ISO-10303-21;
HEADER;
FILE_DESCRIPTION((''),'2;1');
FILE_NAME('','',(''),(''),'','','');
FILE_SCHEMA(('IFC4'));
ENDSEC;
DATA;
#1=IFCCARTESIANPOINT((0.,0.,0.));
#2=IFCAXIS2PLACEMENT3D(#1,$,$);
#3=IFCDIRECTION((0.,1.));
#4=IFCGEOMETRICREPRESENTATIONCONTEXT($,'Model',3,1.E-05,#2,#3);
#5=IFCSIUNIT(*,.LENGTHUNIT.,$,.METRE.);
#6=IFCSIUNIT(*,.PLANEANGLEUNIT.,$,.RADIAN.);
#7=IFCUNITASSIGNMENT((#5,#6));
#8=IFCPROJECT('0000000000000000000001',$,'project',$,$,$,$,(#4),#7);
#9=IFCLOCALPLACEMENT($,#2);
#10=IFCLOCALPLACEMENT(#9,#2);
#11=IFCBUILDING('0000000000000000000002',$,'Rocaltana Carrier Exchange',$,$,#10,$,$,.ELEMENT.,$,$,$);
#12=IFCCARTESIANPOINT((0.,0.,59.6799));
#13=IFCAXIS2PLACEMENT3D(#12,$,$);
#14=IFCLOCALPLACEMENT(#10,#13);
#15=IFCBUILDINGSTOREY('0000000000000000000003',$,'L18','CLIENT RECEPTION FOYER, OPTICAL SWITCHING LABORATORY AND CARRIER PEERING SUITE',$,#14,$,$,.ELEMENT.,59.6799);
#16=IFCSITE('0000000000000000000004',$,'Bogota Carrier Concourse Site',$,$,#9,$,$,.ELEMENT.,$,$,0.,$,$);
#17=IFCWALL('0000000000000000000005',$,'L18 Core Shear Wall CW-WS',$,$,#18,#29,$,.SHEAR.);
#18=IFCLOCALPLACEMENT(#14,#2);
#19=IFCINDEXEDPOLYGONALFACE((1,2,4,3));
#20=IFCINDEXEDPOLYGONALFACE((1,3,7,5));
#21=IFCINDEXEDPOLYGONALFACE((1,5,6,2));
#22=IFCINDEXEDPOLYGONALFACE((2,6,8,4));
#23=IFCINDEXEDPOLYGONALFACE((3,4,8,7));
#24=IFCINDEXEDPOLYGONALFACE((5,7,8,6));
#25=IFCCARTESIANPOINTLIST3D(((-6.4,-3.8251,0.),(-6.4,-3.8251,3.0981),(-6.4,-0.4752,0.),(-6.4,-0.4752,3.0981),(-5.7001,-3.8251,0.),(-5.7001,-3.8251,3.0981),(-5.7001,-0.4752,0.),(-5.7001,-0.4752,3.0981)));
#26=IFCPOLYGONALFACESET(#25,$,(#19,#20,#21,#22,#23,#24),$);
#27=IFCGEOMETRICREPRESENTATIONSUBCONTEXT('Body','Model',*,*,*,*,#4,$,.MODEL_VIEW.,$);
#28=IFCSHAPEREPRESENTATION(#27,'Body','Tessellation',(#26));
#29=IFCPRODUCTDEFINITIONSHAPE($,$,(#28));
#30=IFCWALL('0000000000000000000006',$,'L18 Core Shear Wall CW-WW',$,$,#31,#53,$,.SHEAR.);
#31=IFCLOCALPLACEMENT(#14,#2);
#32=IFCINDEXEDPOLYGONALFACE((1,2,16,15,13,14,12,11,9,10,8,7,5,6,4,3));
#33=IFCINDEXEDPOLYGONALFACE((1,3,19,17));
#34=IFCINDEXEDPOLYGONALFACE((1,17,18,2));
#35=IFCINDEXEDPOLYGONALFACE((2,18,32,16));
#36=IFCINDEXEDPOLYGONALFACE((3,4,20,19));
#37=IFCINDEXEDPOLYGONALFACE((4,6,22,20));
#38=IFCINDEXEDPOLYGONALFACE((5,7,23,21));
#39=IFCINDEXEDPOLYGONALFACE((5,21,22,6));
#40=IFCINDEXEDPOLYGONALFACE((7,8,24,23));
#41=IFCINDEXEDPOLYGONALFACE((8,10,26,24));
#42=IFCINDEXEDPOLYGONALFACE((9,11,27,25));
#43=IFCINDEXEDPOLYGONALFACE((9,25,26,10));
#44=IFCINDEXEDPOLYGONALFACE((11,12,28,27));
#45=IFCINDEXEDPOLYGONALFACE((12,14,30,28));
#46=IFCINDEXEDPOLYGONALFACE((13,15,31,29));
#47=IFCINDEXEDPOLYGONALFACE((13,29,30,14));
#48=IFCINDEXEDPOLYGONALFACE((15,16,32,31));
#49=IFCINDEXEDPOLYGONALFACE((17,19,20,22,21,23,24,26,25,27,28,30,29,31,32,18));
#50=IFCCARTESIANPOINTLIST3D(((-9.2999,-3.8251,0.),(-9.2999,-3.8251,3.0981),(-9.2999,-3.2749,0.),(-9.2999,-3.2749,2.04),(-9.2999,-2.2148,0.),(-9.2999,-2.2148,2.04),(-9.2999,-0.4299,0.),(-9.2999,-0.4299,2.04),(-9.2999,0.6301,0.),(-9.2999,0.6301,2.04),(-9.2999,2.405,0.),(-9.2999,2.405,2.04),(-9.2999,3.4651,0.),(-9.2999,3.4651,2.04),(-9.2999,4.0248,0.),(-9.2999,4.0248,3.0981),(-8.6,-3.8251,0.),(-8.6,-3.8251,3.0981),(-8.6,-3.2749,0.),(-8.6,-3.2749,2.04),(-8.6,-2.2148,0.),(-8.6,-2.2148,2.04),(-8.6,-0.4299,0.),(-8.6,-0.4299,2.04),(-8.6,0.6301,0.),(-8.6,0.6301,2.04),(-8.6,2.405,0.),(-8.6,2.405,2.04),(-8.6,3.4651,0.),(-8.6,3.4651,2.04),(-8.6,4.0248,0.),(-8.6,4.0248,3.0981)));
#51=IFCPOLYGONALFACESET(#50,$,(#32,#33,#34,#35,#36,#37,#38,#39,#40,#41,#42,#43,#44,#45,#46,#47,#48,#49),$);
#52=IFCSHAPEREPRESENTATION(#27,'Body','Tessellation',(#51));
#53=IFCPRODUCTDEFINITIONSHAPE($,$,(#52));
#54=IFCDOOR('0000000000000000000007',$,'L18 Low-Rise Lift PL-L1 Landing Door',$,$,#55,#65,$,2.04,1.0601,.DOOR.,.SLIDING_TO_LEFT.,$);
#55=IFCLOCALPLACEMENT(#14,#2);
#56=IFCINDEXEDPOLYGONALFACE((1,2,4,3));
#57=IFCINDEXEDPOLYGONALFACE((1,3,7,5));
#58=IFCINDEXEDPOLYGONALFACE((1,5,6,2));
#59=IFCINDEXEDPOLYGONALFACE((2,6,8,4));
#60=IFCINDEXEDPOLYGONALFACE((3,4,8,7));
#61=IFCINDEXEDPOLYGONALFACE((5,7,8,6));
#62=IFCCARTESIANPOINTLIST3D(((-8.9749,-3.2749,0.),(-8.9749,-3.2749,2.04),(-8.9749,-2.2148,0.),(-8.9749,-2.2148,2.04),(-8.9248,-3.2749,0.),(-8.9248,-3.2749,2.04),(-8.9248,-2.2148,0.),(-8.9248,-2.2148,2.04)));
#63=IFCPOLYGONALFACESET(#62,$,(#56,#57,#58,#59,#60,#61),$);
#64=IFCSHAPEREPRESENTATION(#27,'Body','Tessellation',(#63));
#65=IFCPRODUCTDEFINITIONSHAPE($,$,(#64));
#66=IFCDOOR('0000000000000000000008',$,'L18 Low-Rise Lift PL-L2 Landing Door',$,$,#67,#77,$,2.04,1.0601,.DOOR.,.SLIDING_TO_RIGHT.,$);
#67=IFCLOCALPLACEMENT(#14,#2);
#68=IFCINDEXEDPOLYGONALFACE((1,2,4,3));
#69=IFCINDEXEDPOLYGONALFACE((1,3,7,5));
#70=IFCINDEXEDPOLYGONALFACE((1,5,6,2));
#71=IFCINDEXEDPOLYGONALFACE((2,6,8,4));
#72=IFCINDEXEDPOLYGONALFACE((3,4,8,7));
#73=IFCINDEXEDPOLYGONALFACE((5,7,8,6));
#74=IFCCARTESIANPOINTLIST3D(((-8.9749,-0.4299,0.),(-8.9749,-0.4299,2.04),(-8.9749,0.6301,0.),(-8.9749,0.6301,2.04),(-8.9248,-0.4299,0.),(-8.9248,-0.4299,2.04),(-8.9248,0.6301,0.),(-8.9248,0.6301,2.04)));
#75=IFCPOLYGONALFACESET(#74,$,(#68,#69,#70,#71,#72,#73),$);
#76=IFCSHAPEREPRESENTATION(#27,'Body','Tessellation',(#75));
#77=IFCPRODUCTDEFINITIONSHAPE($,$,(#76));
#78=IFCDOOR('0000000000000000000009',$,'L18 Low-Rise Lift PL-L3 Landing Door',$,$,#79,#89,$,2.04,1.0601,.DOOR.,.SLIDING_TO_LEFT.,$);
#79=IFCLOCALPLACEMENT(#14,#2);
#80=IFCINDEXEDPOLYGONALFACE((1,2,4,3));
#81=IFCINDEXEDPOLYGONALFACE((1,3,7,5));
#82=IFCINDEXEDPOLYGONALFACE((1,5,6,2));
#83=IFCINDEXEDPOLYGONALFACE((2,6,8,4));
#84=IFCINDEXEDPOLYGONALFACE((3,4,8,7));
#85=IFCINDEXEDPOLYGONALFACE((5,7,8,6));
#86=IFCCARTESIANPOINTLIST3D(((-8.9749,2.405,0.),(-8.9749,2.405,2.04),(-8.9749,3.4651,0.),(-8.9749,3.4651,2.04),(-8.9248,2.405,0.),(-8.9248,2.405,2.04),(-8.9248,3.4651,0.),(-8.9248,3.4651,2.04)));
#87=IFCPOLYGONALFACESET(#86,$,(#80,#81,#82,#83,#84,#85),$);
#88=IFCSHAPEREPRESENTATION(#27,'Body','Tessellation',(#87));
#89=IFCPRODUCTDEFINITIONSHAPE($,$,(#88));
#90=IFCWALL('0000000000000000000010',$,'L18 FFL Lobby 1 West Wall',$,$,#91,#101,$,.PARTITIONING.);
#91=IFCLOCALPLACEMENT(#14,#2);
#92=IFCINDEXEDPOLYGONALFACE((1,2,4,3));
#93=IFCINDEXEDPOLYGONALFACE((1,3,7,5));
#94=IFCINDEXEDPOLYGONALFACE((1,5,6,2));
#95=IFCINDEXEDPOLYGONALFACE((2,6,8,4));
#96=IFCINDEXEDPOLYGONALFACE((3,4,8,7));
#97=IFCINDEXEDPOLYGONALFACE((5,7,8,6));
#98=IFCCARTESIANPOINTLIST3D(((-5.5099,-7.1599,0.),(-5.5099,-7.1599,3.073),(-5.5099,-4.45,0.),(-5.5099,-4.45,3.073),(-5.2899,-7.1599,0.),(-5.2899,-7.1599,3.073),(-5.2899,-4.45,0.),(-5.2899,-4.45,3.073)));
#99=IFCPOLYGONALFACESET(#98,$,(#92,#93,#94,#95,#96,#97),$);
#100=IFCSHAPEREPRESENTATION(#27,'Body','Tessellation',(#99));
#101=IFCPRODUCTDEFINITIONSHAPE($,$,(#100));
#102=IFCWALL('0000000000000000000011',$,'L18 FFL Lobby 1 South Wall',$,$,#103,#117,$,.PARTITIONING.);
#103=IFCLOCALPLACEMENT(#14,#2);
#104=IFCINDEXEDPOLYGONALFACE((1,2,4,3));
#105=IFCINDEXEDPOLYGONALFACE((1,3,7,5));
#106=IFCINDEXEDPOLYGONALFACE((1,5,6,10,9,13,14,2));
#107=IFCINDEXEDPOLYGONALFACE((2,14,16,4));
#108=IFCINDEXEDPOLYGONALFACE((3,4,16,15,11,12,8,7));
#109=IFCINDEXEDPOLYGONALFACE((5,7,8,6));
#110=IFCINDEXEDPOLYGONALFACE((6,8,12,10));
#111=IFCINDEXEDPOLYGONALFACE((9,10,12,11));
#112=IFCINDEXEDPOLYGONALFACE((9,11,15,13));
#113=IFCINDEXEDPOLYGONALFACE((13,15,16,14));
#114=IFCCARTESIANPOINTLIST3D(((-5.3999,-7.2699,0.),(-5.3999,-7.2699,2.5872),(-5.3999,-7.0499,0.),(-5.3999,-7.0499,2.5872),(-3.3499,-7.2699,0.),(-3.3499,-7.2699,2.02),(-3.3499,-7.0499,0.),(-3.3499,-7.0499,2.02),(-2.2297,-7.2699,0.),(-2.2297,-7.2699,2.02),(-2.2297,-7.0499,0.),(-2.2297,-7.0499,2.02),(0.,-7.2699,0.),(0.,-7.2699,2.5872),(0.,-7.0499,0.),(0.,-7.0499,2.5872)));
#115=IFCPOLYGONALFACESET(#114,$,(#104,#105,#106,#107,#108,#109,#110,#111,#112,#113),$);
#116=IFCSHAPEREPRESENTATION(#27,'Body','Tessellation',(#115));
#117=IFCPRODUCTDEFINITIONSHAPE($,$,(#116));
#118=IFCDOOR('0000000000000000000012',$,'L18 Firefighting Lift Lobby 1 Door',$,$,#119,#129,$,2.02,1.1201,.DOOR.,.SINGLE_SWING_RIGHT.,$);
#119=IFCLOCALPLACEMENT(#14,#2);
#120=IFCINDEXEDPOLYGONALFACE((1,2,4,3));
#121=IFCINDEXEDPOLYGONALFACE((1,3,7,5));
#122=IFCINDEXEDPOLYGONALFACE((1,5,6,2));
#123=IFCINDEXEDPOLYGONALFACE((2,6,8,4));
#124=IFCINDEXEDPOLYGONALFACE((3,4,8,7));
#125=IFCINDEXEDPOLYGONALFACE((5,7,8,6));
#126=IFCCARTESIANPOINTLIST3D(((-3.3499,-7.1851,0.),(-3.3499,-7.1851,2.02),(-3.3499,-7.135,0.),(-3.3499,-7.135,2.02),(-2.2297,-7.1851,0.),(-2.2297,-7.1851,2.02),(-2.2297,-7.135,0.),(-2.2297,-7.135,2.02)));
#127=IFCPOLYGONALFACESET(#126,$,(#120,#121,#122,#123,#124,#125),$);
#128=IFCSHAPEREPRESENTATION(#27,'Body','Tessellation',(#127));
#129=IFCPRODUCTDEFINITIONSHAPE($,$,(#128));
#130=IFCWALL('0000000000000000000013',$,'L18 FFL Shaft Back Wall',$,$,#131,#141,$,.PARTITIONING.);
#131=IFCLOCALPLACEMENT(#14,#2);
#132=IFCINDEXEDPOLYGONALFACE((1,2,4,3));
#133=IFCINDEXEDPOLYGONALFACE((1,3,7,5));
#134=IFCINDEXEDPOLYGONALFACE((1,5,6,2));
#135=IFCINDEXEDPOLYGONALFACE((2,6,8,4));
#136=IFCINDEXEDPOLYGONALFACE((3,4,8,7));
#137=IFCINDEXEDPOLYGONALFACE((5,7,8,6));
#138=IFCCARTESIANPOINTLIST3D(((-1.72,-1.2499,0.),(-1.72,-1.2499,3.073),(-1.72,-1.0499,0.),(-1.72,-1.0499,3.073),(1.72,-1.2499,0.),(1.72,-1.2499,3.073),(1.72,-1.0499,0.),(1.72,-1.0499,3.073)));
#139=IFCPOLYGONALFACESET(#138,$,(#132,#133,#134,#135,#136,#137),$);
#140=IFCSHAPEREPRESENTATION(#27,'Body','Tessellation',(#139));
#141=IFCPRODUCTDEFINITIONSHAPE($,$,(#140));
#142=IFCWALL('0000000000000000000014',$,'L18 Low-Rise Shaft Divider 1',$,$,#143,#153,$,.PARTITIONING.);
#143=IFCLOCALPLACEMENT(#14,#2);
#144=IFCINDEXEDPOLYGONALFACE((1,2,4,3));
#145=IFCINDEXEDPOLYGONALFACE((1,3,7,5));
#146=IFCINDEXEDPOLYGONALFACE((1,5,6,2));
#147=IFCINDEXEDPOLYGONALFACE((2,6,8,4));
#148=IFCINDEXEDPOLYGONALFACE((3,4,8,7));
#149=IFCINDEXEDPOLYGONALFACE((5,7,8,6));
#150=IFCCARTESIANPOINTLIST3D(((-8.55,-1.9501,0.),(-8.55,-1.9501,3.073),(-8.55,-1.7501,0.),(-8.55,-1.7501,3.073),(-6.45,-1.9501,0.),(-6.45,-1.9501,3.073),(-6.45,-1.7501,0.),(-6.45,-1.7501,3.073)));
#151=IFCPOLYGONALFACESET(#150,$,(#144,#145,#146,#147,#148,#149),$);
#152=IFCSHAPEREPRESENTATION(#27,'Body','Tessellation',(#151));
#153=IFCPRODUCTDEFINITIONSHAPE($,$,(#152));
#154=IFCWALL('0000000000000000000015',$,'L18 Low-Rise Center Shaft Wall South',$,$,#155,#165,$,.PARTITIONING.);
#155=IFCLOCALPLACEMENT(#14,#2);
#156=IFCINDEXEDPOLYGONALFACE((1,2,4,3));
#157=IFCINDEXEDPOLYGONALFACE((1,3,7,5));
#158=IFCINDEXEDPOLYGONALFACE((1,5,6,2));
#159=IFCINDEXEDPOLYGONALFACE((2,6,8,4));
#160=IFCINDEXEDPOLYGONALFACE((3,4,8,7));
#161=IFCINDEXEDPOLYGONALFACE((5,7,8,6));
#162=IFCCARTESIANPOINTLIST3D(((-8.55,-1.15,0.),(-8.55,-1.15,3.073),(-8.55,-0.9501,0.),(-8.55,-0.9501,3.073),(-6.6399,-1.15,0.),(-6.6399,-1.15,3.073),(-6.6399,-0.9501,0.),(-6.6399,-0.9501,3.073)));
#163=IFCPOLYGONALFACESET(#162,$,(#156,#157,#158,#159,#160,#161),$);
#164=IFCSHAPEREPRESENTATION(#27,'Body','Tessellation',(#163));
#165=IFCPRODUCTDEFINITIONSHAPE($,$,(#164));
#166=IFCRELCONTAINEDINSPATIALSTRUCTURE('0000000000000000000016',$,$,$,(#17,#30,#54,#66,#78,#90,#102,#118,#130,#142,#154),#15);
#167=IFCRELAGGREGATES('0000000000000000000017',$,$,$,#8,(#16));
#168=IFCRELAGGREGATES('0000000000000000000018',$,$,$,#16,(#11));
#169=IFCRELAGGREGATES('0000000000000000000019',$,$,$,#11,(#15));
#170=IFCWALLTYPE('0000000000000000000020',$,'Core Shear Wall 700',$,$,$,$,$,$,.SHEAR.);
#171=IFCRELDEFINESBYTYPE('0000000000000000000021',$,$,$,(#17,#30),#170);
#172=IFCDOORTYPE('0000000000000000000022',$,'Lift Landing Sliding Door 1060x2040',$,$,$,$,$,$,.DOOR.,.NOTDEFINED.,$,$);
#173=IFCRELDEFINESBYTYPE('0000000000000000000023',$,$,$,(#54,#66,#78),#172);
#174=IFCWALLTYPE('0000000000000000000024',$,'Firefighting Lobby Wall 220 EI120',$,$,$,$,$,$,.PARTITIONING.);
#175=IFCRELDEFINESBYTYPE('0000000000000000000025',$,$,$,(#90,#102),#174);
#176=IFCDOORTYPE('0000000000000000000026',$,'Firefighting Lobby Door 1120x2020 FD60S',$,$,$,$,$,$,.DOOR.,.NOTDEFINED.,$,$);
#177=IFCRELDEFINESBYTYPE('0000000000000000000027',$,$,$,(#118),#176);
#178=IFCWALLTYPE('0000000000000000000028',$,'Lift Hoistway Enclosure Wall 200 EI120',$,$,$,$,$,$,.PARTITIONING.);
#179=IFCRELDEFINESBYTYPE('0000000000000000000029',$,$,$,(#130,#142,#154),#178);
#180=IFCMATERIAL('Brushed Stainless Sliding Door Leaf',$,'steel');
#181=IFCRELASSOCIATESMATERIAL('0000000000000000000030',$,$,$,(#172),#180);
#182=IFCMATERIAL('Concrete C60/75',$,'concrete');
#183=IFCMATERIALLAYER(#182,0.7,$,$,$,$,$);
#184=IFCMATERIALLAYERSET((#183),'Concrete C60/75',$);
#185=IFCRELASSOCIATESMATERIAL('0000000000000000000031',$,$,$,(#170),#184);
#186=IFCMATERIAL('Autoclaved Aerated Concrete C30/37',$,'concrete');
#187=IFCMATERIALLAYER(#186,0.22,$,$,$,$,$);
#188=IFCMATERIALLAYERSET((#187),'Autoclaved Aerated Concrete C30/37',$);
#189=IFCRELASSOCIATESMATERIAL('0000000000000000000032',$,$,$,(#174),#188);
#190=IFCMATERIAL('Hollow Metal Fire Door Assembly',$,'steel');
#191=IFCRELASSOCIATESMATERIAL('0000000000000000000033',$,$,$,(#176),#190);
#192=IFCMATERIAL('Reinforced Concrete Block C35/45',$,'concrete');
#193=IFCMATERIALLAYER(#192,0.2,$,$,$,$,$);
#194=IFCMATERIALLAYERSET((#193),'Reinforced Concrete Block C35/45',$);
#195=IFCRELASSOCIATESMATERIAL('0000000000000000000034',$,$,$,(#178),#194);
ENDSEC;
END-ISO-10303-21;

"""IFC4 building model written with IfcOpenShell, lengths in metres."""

from ifc_helpers import new_model, si_unit, direction, frame, frame_2d, origin, place, context, subcontext, project, spatial, rectangle, extrude, material, layer, layer_set, type_object, element, fill, save


model = new_model("IFC4")

# Units and contexts
model_context = context("Model", 3, precision=1e-05, world=origin(), true_north=direction((0.0, 1.0)))
body_context = subcontext(model_context, "Body", "Model", "MODEL_VIEW")
ifc_project = project(units=[si_unit("LENGTHUNIT", "METRE"), si_unit("PLANEANGLEUNIT", "RADIAN")], contexts=[model_context])

# Site, building, storey
site_placement = place(None, origin())
site = spatial("IfcSite", under=ifc_project, at=site_placement, Name="Bogota Carrier Concourse Site", CompositionType="ELEMENT", RefElevation=0.0)
building_placement = place(site_placement, origin())
building = spatial("IfcBuilding", under=site, at=building_placement, Name="Rocaltana Carrier Exchange", CompositionType="ELEMENT")
storey_placement = place(building_placement, frame((0.0, 0.0, 59.6799)))
storey = spatial("IfcBuildingStorey", under=building, at=storey_placement, Name="L18", Description="CLIENT RECEPTION FOYER, OPTICAL SWITCHING LABORATORY AND CARRIER PEERING SUITE", CompositionType="ELEMENT", Elevation=59.6799)

# Shared definitions
ifc_material_1 = material(Name="Brushed Stainless Sliding Door Leaf", Category="steel")
door_type_1 = type_object("IfcDoorType", Name="Lift Landing Sliding Door 1060x2040", OperationType="NOTDEFINED", PredefinedType="DOOR", material=ifc_material_1)

# Wall
ifc_material_2 = material(Name="Concrete C60/75", Category="concrete")
ifc_layer_1 = layer(ifc_material_2, 0.7)
ifc_layer_set_1 = layer_set([ifc_layer_1], Name="Concrete C60/75")
wall_type_1 = type_object("IfcWallType", Name="Core Shear Wall 700", PredefinedType="SHEAR", material=ifc_layer_set_1)
wall_1_placement = place(storey_placement, frame((-6.05, -3.825, 0.0), z_axis=(0.0, 0.0, 1.0), x_axis=(0.0, 1.0, 0.0)))
element("IfcWall", 1, at=wall_1_placement, inside=storey, type_object=wall_type_1, Name="L18 Core Shear Wall CW-WS", PredefinedType="SHEAR", context=body_context, shape_type="SweptSolid", body=[
    extrude(rectangle(XDim=3.3499, YDim=0.7, at=frame_2d((1.6748, 0.0))), origin(), (0.0, 0.0, 1.0), 3.0981),
])

# Wall, openings, doors
wall_2_placement = place(storey_placement, frame((-8.95, -3.825, 0.0), z_axis=(0.0, 0.0, 1.0), x_axis=(0.0, 1.0, 0.0)))
wall_2 = element("IfcWall", 2, at=wall_2_placement, inside=storey, type_object=wall_type_1, Name="L18 Core Shear Wall CW-WW", PredefinedType="SHEAR", context=body_context, shape_type="SweptSolid", body=[
    extrude(rectangle(XDim=7.8499, YDim=0.7, at=frame_2d((3.9248, 0.0))), origin(), (0.0, 0.0, 1.0), 3.0981),
])
opening_1_placement = place(wall_2_placement, frame((0.55, 0.0, 0.0)))
opening_1 = element("IfcOpeningElement", 3, at=opening_1_placement, cuts=wall_2, PredefinedType="OPENING", context=body_context, shape_type="SweptSolid", body=[
    extrude(rectangle(XDim=1.0601, YDim=2.04, at=frame_2d((0.53, 1.02))), frame((0.0, 0.3599, 0.0), z_axis=(0.0, -1.0, 0.0), x_axis=(1.0, 0.0, 0.0)), (0.0, 0.0, 1.0), 0.72),
])
opening_2_placement = place(wall_2_placement, frame((3.395, 0.0, 0.0)))
opening_2 = element("IfcOpeningElement", 4, at=opening_2_placement, cuts=wall_2, PredefinedType="OPENING", context=body_context, shape_type="SweptSolid", body=[
    extrude(rectangle(XDim=1.0601, YDim=2.04, at=frame_2d((0.53, 1.02))), frame((0.0, 0.3599, 0.0), z_axis=(0.0, -1.0, 0.0), x_axis=(1.0, 0.0, 0.0)), (0.0, 0.0, 1.0), 0.72),
])
opening_3_placement = place(wall_2_placement, frame((6.23, 0.0, 0.0)))
opening_3 = element("IfcOpeningElement", 5, at=opening_3_placement, cuts=wall_2, PredefinedType="OPENING", context=body_context, shape_type="SweptSolid", body=[
    extrude(rectangle(XDim=1.0601, YDim=2.04, at=frame_2d((0.53, 1.02))), frame((0.0, 0.3599, 0.0), z_axis=(0.0, -1.0, 0.0), x_axis=(1.0, 0.0, 0.0)), (0.0, 0.0, 1.0), 0.72),
])
door_1_placement = place(opening_1_placement, origin())
door_1 = element("IfcDoor", 6, at=door_1_placement, inside=storey, type_object=door_type_1, Name="L18 Low-Rise Lift PL-L1 Landing Door", OperationType="SLIDING_TO_LEFT", OverallHeight=2.04, OverallWidth=1.0601, PredefinedType="DOOR", context=body_context, shape_type="SweptSolid", body=[
    extrude(rectangle(XDim=1.0601, YDim=2.04, at=frame_2d((0.53, 1.02))), frame((0.0, 0.0249, 0.0), z_axis=(0.0, -1.0, 0.0), x_axis=(1.0, 0.0, 0.0)), (0.0, 0.0, 1.0), 0.05),
])
fill(opening_1, door_1)
door_2_placement = place(opening_2_placement, origin())
door_2 = element("IfcDoor", 7, at=door_2_placement, inside=storey, type_object=door_type_1, Name="L18 Low-Rise Lift PL-L2 Landing Door", OperationType="SLIDING_TO_RIGHT", OverallHeight=2.04, OverallWidth=1.0601, PredefinedType="DOOR", context=body_context, shape_type="SweptSolid", body=[
    extrude(rectangle(XDim=1.0601, YDim=2.04, at=frame_2d((0.53, 1.02))), frame((0.0, 0.0249, 0.0), z_axis=(0.0, -1.0, 0.0), x_axis=(1.0, 0.0, 0.0)), (0.0, 0.0, 1.0), 0.05),
])
fill(opening_2, door_2)
door_3_placement = place(opening_3_placement, origin())
door_3 = element("IfcDoor", 8, at=door_3_placement, inside=storey, type_object=door_type_1, Name="L18 Low-Rise Lift PL-L3 Landing Door", OperationType="SLIDING_TO_LEFT", OverallHeight=2.04, OverallWidth=1.0601, PredefinedType="DOOR", context=body_context, shape_type="SweptSolid", body=[
    extrude(rectangle(XDim=1.0601, YDim=2.04, at=frame_2d((0.53, 1.02))), frame((0.0, 0.0249, 0.0), z_axis=(0.0, -1.0, 0.0), x_axis=(1.0, 0.0, 0.0)), (0.0, 0.0, 1.0), 0.05),
])
fill(opening_3, door_3)

# Wall
ifc_material_3 = material(Name="Autoclaved Aerated Concrete C30/37", Category="concrete")
ifc_layer_2 = layer(ifc_material_3, 0.22)
ifc_layer_set_2 = layer_set([ifc_layer_2], Name="Autoclaved Aerated Concrete C30/37")
wall_type_2 = type_object("IfcWallType", Name="Firefighting Lobby Wall 220 EI120", PredefinedType="PARTITIONING", material=ifc_layer_set_2)
wall_3_placement = place(storey_placement, frame((-5.3999, -7.1599, 0.0), z_axis=(0.0, 0.0, 1.0), x_axis=(0.0, 1.0, 0.0)))
element("IfcWall", 9, at=wall_3_placement, inside=storey, type_object=wall_type_2, Name="L18 FFL Lobby 1 West Wall", PredefinedType="PARTITIONING", context=body_context, shape_type="SweptSolid", body=[
    extrude(rectangle(XDim=2.71, YDim=0.22, at=frame_2d((1.355, 0.0))), origin(), (0.0, 0.0, 1.0), 3.073),
])

# Wall, opening, door
wall_4_placement = place(storey_placement, frame((-5.3999, -7.1599, 0.0), z_axis=(0.0, 0.0, 1.0), x_axis=(1.0, 0.0, 0.0)))
wall_4 = element("IfcWall", 10, at=wall_4_placement, inside=storey, type_object=wall_type_2, Name="L18 FFL Lobby 1 South Wall", PredefinedType="PARTITIONING", context=body_context, shape_type="SweptSolid", body=[
    extrude(rectangle(XDim=5.3999, YDim=0.22, at=frame_2d((2.7, 0.0))), origin(), (0.0, 0.0, 1.0), 2.5872),
])
opening_4_placement = place(wall_4_placement, frame((2.05, 0.0, 0.0)))
opening_4 = element("IfcOpeningElement", 11, at=opening_4_placement, cuts=wall_4, PredefinedType="OPENING", context=body_context, shape_type="SweptSolid", body=[
    extrude(rectangle(XDim=1.1201, YDim=2.02, at=frame_2d((0.5601, 1.01))), frame((0.0, 0.1199, 0.0), z_axis=(0.0, -1.0, 0.0), x_axis=(1.0, 0.0, 0.0)), (0.0, 0.0, 1.0), 0.24),
])
ifc_material_4 = material(Name="Hollow Metal Fire Door Assembly", Category="steel")
door_type_2 = type_object("IfcDoorType", Name="Firefighting Lobby Door 1120x2020 FD60S", OperationType="NOTDEFINED", PredefinedType="DOOR", material=ifc_material_4)
door_4_placement = place(opening_4_placement, origin())
door_4 = element("IfcDoor", 12, at=door_4_placement, inside=storey, type_object=door_type_2, Name="L18 Firefighting Lift Lobby 1 Door", OperationType="SINGLE_SWING_RIGHT", OverallHeight=2.02, OverallWidth=1.1201, PredefinedType="DOOR", context=body_context, shape_type="SweptSolid", body=[
    extrude(rectangle(XDim=1.1201, YDim=2.02, at=frame_2d((0.5601, 1.01))), frame((0.0, 0.0249, 0.0), z_axis=(0.0, -1.0, 0.0), x_axis=(1.0, 0.0, 0.0)), (0.0, 0.0, 1.0), 0.05),
])
fill(opening_4, door_4)

# Walls
ifc_material_5 = material(Name="Reinforced Concrete Block C35/45", Category="concrete")
ifc_layer_3 = layer(ifc_material_5, 0.2)
ifc_layer_set_3 = layer_set([ifc_layer_3], Name="Reinforced Concrete Block C35/45")
wall_type_3 = type_object("IfcWallType", Name="Lift Hoistway Enclosure Wall 200 EI120", PredefinedType="PARTITIONING", material=ifc_layer_set_3)
wall_5_placement = place(storey_placement, frame((-1.72, -1.1499, 0.0), z_axis=(0.0, 0.0, 1.0), x_axis=(1.0, 0.0, 0.0)))
element("IfcWall", 13, at=wall_5_placement, inside=storey, type_object=wall_type_3, Name="L18 FFL Shaft Back Wall", PredefinedType="PARTITIONING", context=body_context, shape_type="SweptSolid", body=[
    extrude(rectangle(XDim=3.4399, YDim=0.2, at=frame_2d((1.72, 0.0))), origin(), (0.0, 0.0, 1.0), 3.073),
])
wall_6_placement = place(storey_placement, frame((-8.55, -1.8501, 0.0), z_axis=(0.0, 0.0, 1.0), x_axis=(1.0, 0.0, 0.0)))
element("IfcWall", 14, at=wall_6_placement, inside=storey, type_object=wall_type_3, Name="L18 Low-Rise Shaft Divider 1", PredefinedType="PARTITIONING", context=body_context, shape_type="SweptSolid", body=[
    extrude(rectangle(XDim=2.1001, YDim=0.2, at=frame_2d((1.05, 0.0))), origin(), (0.0, 0.0, 1.0), 3.073),
])
wall_7_placement = place(storey_placement, frame((-8.55, -1.05, 0.0), z_axis=(0.0, 0.0, 1.0), x_axis=(1.0, 0.0, 0.0)))
element("IfcWall", 15, at=wall_7_placement, inside=storey, type_object=wall_type_3, Name="L18 Low-Rise Center Shaft Wall South", PredefinedType="PARTITIONING", context=body_context, shape_type="SweptSolid", body=[
    extrude(rectangle(XDim=1.9102, YDim=0.2, at=frame_2d((0.9551, 0.0))), origin(), (0.0, 0.0, 1.0), 3.073),
])

save(model, "model.ifc")
